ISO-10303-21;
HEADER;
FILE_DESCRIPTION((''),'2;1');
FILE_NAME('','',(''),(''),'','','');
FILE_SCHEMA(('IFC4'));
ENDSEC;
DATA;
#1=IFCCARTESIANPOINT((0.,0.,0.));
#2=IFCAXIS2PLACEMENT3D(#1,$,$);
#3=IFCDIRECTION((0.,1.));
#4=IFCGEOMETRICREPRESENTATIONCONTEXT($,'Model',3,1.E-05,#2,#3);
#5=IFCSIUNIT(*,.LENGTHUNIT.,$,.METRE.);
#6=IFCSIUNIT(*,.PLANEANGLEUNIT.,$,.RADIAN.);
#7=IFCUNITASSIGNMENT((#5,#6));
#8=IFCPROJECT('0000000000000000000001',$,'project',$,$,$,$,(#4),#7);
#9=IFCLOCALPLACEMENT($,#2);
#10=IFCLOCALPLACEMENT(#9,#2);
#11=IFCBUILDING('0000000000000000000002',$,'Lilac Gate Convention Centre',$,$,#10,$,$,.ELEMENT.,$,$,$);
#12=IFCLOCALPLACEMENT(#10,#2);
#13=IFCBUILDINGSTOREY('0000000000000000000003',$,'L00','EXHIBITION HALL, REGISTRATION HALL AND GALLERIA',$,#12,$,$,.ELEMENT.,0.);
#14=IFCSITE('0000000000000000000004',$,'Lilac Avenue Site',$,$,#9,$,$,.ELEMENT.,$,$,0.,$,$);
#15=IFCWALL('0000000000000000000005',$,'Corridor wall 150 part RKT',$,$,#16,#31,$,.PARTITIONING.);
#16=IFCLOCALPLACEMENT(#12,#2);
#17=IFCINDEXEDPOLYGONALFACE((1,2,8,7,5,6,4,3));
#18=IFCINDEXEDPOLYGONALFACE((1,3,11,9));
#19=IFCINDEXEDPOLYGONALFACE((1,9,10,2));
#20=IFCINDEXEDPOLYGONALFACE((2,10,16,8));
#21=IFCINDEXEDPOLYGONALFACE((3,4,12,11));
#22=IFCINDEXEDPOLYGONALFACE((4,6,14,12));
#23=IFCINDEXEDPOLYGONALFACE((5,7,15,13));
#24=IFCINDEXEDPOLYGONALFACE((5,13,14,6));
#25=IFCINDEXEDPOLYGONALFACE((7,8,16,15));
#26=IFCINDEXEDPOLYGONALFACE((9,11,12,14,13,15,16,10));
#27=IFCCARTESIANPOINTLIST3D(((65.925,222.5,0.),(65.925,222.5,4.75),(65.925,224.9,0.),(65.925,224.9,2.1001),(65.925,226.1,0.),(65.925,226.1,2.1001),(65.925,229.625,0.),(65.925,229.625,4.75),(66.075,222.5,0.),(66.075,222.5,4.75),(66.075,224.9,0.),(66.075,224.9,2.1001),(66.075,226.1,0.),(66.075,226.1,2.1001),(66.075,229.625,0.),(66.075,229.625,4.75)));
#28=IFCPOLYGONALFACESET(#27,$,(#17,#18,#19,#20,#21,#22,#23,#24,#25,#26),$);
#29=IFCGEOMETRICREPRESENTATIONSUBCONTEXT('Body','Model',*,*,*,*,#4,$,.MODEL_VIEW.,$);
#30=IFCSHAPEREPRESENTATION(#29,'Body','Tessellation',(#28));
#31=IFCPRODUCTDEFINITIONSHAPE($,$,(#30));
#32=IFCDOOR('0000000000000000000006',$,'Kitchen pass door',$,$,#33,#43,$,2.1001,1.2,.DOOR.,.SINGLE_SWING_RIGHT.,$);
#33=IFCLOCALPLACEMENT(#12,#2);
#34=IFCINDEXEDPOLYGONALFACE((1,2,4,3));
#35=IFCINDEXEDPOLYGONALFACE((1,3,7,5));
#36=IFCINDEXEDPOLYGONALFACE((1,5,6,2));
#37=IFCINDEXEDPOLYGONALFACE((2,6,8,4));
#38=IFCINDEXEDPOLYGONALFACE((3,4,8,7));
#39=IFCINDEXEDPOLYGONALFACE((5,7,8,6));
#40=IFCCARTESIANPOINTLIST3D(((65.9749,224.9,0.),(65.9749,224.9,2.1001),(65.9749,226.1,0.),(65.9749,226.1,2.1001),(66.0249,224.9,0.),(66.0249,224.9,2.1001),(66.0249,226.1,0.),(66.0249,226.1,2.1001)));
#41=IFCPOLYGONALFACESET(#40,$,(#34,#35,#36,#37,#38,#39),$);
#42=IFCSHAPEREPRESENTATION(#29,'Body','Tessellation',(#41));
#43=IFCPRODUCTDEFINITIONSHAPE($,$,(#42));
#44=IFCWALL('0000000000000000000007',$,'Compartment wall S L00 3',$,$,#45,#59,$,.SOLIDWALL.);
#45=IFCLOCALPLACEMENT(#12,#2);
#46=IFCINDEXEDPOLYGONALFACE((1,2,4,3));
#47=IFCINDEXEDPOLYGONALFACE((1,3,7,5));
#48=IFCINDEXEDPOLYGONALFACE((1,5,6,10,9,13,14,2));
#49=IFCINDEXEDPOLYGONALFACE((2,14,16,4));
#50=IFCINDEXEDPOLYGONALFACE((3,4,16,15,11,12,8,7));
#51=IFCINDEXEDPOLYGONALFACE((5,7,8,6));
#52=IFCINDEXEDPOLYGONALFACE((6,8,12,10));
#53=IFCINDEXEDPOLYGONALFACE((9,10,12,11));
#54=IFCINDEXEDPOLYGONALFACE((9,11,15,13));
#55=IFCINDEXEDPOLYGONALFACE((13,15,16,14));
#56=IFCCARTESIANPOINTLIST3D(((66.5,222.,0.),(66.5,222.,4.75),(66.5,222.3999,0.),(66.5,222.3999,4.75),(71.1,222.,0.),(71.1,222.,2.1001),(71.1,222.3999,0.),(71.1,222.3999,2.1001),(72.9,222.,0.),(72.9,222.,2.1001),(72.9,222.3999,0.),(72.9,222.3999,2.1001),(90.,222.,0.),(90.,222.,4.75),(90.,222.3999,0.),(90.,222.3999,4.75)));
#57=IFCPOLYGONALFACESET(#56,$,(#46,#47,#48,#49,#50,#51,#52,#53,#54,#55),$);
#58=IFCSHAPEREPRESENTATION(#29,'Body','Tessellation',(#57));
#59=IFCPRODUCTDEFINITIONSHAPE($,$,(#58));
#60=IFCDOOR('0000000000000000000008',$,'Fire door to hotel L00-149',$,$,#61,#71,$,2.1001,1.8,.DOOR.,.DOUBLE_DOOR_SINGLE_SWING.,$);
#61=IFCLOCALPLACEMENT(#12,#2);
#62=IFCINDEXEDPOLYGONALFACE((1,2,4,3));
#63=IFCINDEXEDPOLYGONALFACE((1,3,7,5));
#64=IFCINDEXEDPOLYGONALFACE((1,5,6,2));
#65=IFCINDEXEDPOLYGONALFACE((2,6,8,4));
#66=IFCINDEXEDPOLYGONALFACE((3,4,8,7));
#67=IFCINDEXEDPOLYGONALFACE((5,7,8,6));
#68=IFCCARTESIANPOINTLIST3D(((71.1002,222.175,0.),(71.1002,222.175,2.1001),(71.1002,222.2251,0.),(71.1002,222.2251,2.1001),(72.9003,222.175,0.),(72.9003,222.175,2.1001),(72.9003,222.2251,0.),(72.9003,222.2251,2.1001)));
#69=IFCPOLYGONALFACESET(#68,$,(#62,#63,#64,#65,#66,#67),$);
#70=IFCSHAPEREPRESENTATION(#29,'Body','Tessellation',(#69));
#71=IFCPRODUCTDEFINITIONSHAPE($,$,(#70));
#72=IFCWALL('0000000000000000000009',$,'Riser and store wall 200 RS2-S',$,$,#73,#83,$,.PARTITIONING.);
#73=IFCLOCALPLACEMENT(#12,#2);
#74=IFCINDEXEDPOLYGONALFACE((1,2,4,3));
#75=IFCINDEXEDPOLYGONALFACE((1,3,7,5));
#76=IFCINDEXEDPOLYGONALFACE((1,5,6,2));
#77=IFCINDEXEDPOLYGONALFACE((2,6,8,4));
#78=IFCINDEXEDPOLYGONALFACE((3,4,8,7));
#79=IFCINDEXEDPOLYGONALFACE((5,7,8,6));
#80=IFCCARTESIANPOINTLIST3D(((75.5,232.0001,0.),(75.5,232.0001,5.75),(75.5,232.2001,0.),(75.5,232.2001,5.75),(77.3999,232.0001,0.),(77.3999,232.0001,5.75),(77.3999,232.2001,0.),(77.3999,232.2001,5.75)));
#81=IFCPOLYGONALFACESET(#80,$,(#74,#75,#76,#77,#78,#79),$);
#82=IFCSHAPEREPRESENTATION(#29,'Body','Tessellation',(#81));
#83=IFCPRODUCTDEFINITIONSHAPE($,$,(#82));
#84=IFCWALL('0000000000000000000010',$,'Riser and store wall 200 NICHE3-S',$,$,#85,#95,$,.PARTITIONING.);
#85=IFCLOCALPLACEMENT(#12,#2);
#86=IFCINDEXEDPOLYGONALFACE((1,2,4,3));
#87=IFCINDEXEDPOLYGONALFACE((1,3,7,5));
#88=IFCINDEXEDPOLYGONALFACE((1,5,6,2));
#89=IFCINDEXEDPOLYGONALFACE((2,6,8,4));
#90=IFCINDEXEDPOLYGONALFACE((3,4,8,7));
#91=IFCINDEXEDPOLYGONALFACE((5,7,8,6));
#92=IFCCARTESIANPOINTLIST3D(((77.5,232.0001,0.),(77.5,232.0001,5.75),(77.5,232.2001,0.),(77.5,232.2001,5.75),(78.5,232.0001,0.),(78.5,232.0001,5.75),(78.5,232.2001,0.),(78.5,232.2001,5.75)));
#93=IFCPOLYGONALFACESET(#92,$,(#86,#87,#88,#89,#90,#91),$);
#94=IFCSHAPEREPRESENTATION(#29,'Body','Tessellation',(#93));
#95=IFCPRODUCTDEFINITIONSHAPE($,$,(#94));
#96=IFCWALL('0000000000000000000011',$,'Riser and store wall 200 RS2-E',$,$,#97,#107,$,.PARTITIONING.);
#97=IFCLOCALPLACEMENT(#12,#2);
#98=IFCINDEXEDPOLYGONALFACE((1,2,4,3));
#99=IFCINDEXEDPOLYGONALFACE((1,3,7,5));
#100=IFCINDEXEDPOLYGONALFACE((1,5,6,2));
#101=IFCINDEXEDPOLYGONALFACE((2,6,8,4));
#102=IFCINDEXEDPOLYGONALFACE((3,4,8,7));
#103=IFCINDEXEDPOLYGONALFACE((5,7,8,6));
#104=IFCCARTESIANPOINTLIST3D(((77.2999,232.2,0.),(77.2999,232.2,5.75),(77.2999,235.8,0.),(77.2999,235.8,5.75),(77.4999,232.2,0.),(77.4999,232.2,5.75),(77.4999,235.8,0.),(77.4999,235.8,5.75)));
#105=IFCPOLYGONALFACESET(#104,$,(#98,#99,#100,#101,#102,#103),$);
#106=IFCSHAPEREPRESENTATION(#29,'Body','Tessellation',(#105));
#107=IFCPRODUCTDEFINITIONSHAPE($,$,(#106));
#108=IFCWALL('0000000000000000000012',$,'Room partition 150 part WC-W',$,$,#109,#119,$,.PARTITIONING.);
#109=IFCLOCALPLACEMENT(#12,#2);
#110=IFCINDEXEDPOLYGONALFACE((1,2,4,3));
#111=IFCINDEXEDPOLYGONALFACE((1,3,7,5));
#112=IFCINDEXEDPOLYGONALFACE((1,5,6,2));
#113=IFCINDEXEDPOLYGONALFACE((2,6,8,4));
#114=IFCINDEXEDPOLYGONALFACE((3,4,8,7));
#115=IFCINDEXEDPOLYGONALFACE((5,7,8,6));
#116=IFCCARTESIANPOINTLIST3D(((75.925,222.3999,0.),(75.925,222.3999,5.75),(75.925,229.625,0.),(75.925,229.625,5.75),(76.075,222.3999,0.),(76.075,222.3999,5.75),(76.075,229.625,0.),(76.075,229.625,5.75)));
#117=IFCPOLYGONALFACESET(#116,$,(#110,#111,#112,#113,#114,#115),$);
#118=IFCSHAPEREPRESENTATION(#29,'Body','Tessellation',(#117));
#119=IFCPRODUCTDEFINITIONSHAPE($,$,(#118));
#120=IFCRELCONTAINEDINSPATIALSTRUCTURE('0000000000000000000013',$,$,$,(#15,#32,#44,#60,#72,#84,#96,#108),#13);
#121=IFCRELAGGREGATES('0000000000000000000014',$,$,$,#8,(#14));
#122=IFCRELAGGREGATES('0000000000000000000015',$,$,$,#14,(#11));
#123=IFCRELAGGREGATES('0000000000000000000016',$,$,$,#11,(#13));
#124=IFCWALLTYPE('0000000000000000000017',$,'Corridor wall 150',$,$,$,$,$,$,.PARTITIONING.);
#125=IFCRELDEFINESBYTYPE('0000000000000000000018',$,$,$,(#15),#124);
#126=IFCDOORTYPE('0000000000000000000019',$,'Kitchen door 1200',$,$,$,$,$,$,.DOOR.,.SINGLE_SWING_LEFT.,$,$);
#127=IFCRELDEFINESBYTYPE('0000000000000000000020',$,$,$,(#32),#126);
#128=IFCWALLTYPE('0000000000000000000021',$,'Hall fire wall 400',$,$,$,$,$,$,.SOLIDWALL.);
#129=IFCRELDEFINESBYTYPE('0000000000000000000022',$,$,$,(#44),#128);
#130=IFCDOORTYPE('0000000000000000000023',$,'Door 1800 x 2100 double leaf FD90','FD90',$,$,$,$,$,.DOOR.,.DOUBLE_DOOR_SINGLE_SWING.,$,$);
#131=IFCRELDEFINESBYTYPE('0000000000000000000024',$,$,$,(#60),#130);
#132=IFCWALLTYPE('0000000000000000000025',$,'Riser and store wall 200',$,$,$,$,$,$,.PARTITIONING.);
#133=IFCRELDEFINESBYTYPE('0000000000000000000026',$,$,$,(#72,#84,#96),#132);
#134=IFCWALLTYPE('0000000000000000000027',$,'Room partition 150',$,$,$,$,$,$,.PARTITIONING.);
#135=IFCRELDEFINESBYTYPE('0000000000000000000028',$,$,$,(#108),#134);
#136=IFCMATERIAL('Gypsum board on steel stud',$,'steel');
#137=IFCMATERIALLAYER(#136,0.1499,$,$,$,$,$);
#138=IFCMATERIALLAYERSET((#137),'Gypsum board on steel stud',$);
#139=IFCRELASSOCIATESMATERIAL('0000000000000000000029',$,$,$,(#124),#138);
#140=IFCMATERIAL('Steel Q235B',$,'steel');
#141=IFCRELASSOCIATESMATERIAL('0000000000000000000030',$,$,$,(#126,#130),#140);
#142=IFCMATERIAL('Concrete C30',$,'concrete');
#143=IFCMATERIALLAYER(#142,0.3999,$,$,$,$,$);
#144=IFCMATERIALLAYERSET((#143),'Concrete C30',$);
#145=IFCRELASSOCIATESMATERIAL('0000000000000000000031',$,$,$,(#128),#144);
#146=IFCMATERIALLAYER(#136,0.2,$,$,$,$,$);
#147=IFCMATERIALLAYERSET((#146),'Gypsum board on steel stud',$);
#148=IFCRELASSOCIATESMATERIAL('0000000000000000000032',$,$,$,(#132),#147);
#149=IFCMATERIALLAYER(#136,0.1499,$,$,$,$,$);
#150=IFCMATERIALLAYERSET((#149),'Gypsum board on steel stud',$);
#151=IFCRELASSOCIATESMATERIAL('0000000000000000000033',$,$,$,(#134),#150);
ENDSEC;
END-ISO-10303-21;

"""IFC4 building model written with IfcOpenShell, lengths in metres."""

from ifc_helpers import new_model, si_unit, direction, frame, frame_2d, origin, place, context, subcontext, project, spatial, rectangle, extrude, material, layer, layer_set, type_object, element, fill, save


model = new_model("IFC4")

# Units and contexts
model_context = context("Model", 3, precision=1e-05, world=origin(), true_north=direction((0.0, 1.0)))
body_context = subcontext(model_context, "Body", "Model", "MODEL_VIEW")
ifc_project = project(units=[si_unit("LENGTHUNIT", "METRE"), si_unit("PLANEANGLEUNIT", "RADIAN")], contexts=[model_context])

# Site, building, storey
site_placement = place(None, origin())
site = spatial("IfcSite", under=ifc_project, at=site_placement, Name="Lilac Avenue Site", CompositionType="ELEMENT", RefElevation=0.0)
building_placement = place(site_placement, origin())
building = spatial("IfcBuilding", under=site, at=building_placement, Name="Lilac Gate Convention Centre", CompositionType="ELEMENT")
storey_placement = place(building_placement, origin())
storey = spatial("IfcBuildingStorey", under=building, at=storey_placement, Name="L00", Description="EXHIBITION HALL, REGISTRATION HALL AND GALLERIA", CompositionType="ELEMENT", Elevation=0.0)

# Shared definitions
ifc_material_1 = material(Name="Gypsum board on steel stud", Category="steel")
ifc_layer_1 = layer(ifc_material_1, 0.1499)
ifc_layer_set_1 = layer_set([ifc_layer_1], Name="Gypsum board on steel stud")
wall_type_1 = type_object("IfcWallType", Name="Corridor wall 150", PredefinedType="PARTITIONING", material=ifc_layer_set_1)

# Walls, openings, doors
ifc_material_2 = material(Name="Steel Q235B", Category="steel")
door_type_1 = type_object("IfcDoorType", Name="Kitchen door 1200", OperationType="SINGLE_SWING_LEFT", PredefinedType="DOOR", material=ifc_material_2)
wall_1_placement = place(storey_placement, frame((66.0, 229.625, 0.0), z_axis=(0.0, 0.0, 1.0), x_axis=(0.0, -1.0, 0.0)))
wall_1 = element("IfcWall", 1, at=wall_1_placement, inside=storey, type_object=wall_type_1, Name="Corridor wall 150 part RKT", PredefinedType="PARTITIONING", context=body_context, shape_type="SweptSolid", body=[
    extrude(rectangle(XDim=7.125, YDim=0.1499, at=frame_2d((3.5625, 0.0))), origin(), (0.0, 0.0, 1.0), 4.75),
])
opening_1_placement = place(wall_1_placement, frame((3.5249, 0.0, 0.0)))
opening_1 = element("IfcOpeningElement", 2, at=opening_1_placement, cuts=wall_1, PredefinedType="OPENING", context=body_context, shape_type="SweptSolid", body=[
    extrude(rectangle(XDim=1.2, YDim=2.1001, at=frame_2d((0.6001, 1.05))), frame((0.0, 0.085, 0.0), z_axis=(0.0, -1.0, 0.0), x_axis=(1.0, 0.0, 0.0)), (0.0, 0.0, 1.0), 0.1699),
])
door_1_placement = place(opening_1_placement, origin())
door_1 = element("IfcDoor", 3, at=door_1_placement, inside=storey, type_object=door_type_1, Name="Kitchen pass door", OperationType="SINGLE_SWING_RIGHT", OverallHeight=2.1001, OverallWidth=1.2, PredefinedType="DOOR", context=body_context, shape_type="SweptSolid", body=[
    extrude(rectangle(XDim=1.2, YDim=2.1001, at=frame_2d((0.6001, 1.05))), frame((0.0, 0.0249, 0.0), z_axis=(0.0, -1.0, 0.0), x_axis=(1.0, 0.0, 0.0)), (0.0, 0.0, 1.0), 0.05),
])
fill(opening_1, door_1)
ifc_material_3 = material(Name="Concrete C30", Category="concrete")
ifc_layer_2 = layer(ifc_material_3, 0.3999)
ifc_layer_set_2 = layer_set([ifc_layer_2], Name="Concrete C30")
wall_type_2 = type_object("IfcWallType", Name="Hall fire wall 400", PredefinedType="SOLIDWALL", material=ifc_layer_set_2)
wall_2_placement = place(storey_placement, frame((66.5, 222.2, 0.0), z_axis=(0.0, 0.0, 1.0), x_axis=(1.0, 0.0, 0.0)))
wall_2 = element("IfcWall", 4, at=wall_2_placement, inside=storey, type_object=wall_type_2, Name="Compartment wall S L00 3", PredefinedType="SOLIDWALL", context=body_context, shape_type="SweptSolid", body=[
    extrude(rectangle(XDim=23.5, YDim=0.3999, at=frame_2d((11.75, 0.0))), origin(), (0.0, 0.0, 1.0), 4.75),
])
opening_2_placement = place(wall_2_placement, frame((4.6001, 0.0, 0.0)))
opening_2 = element("IfcOpeningElement", 5, at=opening_2_placement, cuts=wall_2, PredefinedType="OPENING", context=body_context, shape_type="SweptSolid", body=[
    extrude(rectangle(XDim=1.8, YDim=2.1001, at=frame_2d((0.8999, 1.05))), frame((0.0, 0.21, 0.0), z_axis=(0.0, -1.0, 0.0), x_axis=(1.0, 0.0, 0.0)), (0.0, 0.0, 1.0), 0.4199),
])
door_type_2 = type_object("IfcDoorType", Name="Door 1800 x 2100 double leaf FD90", Description="FD90", OperationType="DOUBLE_DOOR_SINGLE_SWING", PredefinedType="DOOR", material=ifc_material_2)
door_2_placement = place(opening_2_placement, frame((1.8, 0.0, 0.0), z_axis=(0.0, 0.0, 1.0), x_axis=(-1.0, 0.0, 0.0)))
door_2 = element("IfcDoor", 6, at=door_2_placement, inside=storey, type_object=door_type_2, Name="Fire door to hotel L00-149", OperationType="DOUBLE_DOOR_SINGLE_SWING", OverallHeight=2.1001, OverallWidth=1.8, PredefinedType="DOOR", context=body_context, shape_type="SweptSolid", body=[
    extrude(rectangle(XDim=1.8, YDim=2.1001, at=frame_2d((0.8999, 1.05))), frame((0.0, 0.0249, 0.0), z_axis=(0.0, -1.0, 0.0), x_axis=(1.0, 0.0, 0.0)), (0.0, 0.0, 1.0), 0.05),
])
fill(opening_2, door_2)

# Walls
ifc_layer_3 = layer(ifc_material_1, 0.2)
ifc_layer_set_3 = layer_set([ifc_layer_3], Name="Gypsum board on steel stud")
wall_type_3 = type_object("IfcWallType", Name="Riser and store wall 200", PredefinedType="PARTITIONING", material=ifc_layer_set_3)
wall_3_placement = place(storey_placement, frame((75.5, 232.1001, 0.0), z_axis=(0.0, 0.0, 1.0), x_axis=(1.0, 0.0, 0.0)))
element("IfcWall", 7, at=wall_3_placement, inside=storey, type_object=wall_type_3, Name="Riser and store wall 200 RS2-S", PredefinedType="PARTITIONING", context=body_context, shape_type="SweptSolid", body=[
    extrude(rectangle(XDim=1.8999, YDim=0.2, at=frame_2d((0.95, 0.0))), origin(), (0.0, 0.0, 1.0), 5.75),
])
wall_4_placement = place(storey_placement, frame((77.5, 232.1001, 0.0), z_axis=(0.0, 0.0, 1.0), x_axis=(1.0, 0.0, 0.0)))
element("IfcWall", 8, at=wall_4_placement, inside=storey, type_object=wall_type_3, Name="Riser and store wall 200 NICHE3-S", PredefinedType="PARTITIONING", context=body_context, shape_type="SweptSolid", body=[
    extrude(rectangle(XDim=1.0, YDim=0.2, at=frame_2d((0.5, 0.0))), origin(), (0.0, 0.0, 1.0), 5.75),
])
wall_5_placement = place(storey_placement, frame((77.3999, 232.2, 0.0), z_axis=(0.0, 0.0, 1.0), x_axis=(0.0, 1.0, 0.0)))
element("IfcWall", 9, at=wall_5_placement, inside=storey, type_object=wall_type_3, Name="Riser and store wall 200 RS2-E", PredefinedType="PARTITIONING", context=body_context, shape_type="SweptSolid", body=[
    extrude(rectangle(XDim=3.6001, YDim=0.2, at=frame_2d((1.8, 0.0))), origin(), (0.0, 0.0, 1.0), 5.75),
])
ifc_layer_4 = layer(ifc_material_1, 0.1499)
ifc_layer_set_4 = layer_set([ifc_layer_4], Name="Gypsum board on steel stud")
wall_type_4 = type_object("IfcWallType", Name="Room partition 150", PredefinedType="PARTITIONING", material=ifc_layer_set_4)
wall_6_placement = place(storey_placement, frame((76.0, 222.3999, 0.0), z_axis=(0.0, 0.0, 1.0), x_axis=(0.0, 1.0, 0.0)))
element("IfcWall", 10, at=wall_6_placement, inside=storey, type_object=wall_type_4, Name="Room partition 150 part WC-W", PredefinedType="PARTITIONING", context=body_context, shape_type="SweptSolid", body=[
    extrude(rectangle(XDim=7.2251, YDim=0.1499, at=frame_2d((3.6125, 0.0))), origin(), (0.0, 0.0, 1.0), 5.75),
])

save(model, "model.ifc")
